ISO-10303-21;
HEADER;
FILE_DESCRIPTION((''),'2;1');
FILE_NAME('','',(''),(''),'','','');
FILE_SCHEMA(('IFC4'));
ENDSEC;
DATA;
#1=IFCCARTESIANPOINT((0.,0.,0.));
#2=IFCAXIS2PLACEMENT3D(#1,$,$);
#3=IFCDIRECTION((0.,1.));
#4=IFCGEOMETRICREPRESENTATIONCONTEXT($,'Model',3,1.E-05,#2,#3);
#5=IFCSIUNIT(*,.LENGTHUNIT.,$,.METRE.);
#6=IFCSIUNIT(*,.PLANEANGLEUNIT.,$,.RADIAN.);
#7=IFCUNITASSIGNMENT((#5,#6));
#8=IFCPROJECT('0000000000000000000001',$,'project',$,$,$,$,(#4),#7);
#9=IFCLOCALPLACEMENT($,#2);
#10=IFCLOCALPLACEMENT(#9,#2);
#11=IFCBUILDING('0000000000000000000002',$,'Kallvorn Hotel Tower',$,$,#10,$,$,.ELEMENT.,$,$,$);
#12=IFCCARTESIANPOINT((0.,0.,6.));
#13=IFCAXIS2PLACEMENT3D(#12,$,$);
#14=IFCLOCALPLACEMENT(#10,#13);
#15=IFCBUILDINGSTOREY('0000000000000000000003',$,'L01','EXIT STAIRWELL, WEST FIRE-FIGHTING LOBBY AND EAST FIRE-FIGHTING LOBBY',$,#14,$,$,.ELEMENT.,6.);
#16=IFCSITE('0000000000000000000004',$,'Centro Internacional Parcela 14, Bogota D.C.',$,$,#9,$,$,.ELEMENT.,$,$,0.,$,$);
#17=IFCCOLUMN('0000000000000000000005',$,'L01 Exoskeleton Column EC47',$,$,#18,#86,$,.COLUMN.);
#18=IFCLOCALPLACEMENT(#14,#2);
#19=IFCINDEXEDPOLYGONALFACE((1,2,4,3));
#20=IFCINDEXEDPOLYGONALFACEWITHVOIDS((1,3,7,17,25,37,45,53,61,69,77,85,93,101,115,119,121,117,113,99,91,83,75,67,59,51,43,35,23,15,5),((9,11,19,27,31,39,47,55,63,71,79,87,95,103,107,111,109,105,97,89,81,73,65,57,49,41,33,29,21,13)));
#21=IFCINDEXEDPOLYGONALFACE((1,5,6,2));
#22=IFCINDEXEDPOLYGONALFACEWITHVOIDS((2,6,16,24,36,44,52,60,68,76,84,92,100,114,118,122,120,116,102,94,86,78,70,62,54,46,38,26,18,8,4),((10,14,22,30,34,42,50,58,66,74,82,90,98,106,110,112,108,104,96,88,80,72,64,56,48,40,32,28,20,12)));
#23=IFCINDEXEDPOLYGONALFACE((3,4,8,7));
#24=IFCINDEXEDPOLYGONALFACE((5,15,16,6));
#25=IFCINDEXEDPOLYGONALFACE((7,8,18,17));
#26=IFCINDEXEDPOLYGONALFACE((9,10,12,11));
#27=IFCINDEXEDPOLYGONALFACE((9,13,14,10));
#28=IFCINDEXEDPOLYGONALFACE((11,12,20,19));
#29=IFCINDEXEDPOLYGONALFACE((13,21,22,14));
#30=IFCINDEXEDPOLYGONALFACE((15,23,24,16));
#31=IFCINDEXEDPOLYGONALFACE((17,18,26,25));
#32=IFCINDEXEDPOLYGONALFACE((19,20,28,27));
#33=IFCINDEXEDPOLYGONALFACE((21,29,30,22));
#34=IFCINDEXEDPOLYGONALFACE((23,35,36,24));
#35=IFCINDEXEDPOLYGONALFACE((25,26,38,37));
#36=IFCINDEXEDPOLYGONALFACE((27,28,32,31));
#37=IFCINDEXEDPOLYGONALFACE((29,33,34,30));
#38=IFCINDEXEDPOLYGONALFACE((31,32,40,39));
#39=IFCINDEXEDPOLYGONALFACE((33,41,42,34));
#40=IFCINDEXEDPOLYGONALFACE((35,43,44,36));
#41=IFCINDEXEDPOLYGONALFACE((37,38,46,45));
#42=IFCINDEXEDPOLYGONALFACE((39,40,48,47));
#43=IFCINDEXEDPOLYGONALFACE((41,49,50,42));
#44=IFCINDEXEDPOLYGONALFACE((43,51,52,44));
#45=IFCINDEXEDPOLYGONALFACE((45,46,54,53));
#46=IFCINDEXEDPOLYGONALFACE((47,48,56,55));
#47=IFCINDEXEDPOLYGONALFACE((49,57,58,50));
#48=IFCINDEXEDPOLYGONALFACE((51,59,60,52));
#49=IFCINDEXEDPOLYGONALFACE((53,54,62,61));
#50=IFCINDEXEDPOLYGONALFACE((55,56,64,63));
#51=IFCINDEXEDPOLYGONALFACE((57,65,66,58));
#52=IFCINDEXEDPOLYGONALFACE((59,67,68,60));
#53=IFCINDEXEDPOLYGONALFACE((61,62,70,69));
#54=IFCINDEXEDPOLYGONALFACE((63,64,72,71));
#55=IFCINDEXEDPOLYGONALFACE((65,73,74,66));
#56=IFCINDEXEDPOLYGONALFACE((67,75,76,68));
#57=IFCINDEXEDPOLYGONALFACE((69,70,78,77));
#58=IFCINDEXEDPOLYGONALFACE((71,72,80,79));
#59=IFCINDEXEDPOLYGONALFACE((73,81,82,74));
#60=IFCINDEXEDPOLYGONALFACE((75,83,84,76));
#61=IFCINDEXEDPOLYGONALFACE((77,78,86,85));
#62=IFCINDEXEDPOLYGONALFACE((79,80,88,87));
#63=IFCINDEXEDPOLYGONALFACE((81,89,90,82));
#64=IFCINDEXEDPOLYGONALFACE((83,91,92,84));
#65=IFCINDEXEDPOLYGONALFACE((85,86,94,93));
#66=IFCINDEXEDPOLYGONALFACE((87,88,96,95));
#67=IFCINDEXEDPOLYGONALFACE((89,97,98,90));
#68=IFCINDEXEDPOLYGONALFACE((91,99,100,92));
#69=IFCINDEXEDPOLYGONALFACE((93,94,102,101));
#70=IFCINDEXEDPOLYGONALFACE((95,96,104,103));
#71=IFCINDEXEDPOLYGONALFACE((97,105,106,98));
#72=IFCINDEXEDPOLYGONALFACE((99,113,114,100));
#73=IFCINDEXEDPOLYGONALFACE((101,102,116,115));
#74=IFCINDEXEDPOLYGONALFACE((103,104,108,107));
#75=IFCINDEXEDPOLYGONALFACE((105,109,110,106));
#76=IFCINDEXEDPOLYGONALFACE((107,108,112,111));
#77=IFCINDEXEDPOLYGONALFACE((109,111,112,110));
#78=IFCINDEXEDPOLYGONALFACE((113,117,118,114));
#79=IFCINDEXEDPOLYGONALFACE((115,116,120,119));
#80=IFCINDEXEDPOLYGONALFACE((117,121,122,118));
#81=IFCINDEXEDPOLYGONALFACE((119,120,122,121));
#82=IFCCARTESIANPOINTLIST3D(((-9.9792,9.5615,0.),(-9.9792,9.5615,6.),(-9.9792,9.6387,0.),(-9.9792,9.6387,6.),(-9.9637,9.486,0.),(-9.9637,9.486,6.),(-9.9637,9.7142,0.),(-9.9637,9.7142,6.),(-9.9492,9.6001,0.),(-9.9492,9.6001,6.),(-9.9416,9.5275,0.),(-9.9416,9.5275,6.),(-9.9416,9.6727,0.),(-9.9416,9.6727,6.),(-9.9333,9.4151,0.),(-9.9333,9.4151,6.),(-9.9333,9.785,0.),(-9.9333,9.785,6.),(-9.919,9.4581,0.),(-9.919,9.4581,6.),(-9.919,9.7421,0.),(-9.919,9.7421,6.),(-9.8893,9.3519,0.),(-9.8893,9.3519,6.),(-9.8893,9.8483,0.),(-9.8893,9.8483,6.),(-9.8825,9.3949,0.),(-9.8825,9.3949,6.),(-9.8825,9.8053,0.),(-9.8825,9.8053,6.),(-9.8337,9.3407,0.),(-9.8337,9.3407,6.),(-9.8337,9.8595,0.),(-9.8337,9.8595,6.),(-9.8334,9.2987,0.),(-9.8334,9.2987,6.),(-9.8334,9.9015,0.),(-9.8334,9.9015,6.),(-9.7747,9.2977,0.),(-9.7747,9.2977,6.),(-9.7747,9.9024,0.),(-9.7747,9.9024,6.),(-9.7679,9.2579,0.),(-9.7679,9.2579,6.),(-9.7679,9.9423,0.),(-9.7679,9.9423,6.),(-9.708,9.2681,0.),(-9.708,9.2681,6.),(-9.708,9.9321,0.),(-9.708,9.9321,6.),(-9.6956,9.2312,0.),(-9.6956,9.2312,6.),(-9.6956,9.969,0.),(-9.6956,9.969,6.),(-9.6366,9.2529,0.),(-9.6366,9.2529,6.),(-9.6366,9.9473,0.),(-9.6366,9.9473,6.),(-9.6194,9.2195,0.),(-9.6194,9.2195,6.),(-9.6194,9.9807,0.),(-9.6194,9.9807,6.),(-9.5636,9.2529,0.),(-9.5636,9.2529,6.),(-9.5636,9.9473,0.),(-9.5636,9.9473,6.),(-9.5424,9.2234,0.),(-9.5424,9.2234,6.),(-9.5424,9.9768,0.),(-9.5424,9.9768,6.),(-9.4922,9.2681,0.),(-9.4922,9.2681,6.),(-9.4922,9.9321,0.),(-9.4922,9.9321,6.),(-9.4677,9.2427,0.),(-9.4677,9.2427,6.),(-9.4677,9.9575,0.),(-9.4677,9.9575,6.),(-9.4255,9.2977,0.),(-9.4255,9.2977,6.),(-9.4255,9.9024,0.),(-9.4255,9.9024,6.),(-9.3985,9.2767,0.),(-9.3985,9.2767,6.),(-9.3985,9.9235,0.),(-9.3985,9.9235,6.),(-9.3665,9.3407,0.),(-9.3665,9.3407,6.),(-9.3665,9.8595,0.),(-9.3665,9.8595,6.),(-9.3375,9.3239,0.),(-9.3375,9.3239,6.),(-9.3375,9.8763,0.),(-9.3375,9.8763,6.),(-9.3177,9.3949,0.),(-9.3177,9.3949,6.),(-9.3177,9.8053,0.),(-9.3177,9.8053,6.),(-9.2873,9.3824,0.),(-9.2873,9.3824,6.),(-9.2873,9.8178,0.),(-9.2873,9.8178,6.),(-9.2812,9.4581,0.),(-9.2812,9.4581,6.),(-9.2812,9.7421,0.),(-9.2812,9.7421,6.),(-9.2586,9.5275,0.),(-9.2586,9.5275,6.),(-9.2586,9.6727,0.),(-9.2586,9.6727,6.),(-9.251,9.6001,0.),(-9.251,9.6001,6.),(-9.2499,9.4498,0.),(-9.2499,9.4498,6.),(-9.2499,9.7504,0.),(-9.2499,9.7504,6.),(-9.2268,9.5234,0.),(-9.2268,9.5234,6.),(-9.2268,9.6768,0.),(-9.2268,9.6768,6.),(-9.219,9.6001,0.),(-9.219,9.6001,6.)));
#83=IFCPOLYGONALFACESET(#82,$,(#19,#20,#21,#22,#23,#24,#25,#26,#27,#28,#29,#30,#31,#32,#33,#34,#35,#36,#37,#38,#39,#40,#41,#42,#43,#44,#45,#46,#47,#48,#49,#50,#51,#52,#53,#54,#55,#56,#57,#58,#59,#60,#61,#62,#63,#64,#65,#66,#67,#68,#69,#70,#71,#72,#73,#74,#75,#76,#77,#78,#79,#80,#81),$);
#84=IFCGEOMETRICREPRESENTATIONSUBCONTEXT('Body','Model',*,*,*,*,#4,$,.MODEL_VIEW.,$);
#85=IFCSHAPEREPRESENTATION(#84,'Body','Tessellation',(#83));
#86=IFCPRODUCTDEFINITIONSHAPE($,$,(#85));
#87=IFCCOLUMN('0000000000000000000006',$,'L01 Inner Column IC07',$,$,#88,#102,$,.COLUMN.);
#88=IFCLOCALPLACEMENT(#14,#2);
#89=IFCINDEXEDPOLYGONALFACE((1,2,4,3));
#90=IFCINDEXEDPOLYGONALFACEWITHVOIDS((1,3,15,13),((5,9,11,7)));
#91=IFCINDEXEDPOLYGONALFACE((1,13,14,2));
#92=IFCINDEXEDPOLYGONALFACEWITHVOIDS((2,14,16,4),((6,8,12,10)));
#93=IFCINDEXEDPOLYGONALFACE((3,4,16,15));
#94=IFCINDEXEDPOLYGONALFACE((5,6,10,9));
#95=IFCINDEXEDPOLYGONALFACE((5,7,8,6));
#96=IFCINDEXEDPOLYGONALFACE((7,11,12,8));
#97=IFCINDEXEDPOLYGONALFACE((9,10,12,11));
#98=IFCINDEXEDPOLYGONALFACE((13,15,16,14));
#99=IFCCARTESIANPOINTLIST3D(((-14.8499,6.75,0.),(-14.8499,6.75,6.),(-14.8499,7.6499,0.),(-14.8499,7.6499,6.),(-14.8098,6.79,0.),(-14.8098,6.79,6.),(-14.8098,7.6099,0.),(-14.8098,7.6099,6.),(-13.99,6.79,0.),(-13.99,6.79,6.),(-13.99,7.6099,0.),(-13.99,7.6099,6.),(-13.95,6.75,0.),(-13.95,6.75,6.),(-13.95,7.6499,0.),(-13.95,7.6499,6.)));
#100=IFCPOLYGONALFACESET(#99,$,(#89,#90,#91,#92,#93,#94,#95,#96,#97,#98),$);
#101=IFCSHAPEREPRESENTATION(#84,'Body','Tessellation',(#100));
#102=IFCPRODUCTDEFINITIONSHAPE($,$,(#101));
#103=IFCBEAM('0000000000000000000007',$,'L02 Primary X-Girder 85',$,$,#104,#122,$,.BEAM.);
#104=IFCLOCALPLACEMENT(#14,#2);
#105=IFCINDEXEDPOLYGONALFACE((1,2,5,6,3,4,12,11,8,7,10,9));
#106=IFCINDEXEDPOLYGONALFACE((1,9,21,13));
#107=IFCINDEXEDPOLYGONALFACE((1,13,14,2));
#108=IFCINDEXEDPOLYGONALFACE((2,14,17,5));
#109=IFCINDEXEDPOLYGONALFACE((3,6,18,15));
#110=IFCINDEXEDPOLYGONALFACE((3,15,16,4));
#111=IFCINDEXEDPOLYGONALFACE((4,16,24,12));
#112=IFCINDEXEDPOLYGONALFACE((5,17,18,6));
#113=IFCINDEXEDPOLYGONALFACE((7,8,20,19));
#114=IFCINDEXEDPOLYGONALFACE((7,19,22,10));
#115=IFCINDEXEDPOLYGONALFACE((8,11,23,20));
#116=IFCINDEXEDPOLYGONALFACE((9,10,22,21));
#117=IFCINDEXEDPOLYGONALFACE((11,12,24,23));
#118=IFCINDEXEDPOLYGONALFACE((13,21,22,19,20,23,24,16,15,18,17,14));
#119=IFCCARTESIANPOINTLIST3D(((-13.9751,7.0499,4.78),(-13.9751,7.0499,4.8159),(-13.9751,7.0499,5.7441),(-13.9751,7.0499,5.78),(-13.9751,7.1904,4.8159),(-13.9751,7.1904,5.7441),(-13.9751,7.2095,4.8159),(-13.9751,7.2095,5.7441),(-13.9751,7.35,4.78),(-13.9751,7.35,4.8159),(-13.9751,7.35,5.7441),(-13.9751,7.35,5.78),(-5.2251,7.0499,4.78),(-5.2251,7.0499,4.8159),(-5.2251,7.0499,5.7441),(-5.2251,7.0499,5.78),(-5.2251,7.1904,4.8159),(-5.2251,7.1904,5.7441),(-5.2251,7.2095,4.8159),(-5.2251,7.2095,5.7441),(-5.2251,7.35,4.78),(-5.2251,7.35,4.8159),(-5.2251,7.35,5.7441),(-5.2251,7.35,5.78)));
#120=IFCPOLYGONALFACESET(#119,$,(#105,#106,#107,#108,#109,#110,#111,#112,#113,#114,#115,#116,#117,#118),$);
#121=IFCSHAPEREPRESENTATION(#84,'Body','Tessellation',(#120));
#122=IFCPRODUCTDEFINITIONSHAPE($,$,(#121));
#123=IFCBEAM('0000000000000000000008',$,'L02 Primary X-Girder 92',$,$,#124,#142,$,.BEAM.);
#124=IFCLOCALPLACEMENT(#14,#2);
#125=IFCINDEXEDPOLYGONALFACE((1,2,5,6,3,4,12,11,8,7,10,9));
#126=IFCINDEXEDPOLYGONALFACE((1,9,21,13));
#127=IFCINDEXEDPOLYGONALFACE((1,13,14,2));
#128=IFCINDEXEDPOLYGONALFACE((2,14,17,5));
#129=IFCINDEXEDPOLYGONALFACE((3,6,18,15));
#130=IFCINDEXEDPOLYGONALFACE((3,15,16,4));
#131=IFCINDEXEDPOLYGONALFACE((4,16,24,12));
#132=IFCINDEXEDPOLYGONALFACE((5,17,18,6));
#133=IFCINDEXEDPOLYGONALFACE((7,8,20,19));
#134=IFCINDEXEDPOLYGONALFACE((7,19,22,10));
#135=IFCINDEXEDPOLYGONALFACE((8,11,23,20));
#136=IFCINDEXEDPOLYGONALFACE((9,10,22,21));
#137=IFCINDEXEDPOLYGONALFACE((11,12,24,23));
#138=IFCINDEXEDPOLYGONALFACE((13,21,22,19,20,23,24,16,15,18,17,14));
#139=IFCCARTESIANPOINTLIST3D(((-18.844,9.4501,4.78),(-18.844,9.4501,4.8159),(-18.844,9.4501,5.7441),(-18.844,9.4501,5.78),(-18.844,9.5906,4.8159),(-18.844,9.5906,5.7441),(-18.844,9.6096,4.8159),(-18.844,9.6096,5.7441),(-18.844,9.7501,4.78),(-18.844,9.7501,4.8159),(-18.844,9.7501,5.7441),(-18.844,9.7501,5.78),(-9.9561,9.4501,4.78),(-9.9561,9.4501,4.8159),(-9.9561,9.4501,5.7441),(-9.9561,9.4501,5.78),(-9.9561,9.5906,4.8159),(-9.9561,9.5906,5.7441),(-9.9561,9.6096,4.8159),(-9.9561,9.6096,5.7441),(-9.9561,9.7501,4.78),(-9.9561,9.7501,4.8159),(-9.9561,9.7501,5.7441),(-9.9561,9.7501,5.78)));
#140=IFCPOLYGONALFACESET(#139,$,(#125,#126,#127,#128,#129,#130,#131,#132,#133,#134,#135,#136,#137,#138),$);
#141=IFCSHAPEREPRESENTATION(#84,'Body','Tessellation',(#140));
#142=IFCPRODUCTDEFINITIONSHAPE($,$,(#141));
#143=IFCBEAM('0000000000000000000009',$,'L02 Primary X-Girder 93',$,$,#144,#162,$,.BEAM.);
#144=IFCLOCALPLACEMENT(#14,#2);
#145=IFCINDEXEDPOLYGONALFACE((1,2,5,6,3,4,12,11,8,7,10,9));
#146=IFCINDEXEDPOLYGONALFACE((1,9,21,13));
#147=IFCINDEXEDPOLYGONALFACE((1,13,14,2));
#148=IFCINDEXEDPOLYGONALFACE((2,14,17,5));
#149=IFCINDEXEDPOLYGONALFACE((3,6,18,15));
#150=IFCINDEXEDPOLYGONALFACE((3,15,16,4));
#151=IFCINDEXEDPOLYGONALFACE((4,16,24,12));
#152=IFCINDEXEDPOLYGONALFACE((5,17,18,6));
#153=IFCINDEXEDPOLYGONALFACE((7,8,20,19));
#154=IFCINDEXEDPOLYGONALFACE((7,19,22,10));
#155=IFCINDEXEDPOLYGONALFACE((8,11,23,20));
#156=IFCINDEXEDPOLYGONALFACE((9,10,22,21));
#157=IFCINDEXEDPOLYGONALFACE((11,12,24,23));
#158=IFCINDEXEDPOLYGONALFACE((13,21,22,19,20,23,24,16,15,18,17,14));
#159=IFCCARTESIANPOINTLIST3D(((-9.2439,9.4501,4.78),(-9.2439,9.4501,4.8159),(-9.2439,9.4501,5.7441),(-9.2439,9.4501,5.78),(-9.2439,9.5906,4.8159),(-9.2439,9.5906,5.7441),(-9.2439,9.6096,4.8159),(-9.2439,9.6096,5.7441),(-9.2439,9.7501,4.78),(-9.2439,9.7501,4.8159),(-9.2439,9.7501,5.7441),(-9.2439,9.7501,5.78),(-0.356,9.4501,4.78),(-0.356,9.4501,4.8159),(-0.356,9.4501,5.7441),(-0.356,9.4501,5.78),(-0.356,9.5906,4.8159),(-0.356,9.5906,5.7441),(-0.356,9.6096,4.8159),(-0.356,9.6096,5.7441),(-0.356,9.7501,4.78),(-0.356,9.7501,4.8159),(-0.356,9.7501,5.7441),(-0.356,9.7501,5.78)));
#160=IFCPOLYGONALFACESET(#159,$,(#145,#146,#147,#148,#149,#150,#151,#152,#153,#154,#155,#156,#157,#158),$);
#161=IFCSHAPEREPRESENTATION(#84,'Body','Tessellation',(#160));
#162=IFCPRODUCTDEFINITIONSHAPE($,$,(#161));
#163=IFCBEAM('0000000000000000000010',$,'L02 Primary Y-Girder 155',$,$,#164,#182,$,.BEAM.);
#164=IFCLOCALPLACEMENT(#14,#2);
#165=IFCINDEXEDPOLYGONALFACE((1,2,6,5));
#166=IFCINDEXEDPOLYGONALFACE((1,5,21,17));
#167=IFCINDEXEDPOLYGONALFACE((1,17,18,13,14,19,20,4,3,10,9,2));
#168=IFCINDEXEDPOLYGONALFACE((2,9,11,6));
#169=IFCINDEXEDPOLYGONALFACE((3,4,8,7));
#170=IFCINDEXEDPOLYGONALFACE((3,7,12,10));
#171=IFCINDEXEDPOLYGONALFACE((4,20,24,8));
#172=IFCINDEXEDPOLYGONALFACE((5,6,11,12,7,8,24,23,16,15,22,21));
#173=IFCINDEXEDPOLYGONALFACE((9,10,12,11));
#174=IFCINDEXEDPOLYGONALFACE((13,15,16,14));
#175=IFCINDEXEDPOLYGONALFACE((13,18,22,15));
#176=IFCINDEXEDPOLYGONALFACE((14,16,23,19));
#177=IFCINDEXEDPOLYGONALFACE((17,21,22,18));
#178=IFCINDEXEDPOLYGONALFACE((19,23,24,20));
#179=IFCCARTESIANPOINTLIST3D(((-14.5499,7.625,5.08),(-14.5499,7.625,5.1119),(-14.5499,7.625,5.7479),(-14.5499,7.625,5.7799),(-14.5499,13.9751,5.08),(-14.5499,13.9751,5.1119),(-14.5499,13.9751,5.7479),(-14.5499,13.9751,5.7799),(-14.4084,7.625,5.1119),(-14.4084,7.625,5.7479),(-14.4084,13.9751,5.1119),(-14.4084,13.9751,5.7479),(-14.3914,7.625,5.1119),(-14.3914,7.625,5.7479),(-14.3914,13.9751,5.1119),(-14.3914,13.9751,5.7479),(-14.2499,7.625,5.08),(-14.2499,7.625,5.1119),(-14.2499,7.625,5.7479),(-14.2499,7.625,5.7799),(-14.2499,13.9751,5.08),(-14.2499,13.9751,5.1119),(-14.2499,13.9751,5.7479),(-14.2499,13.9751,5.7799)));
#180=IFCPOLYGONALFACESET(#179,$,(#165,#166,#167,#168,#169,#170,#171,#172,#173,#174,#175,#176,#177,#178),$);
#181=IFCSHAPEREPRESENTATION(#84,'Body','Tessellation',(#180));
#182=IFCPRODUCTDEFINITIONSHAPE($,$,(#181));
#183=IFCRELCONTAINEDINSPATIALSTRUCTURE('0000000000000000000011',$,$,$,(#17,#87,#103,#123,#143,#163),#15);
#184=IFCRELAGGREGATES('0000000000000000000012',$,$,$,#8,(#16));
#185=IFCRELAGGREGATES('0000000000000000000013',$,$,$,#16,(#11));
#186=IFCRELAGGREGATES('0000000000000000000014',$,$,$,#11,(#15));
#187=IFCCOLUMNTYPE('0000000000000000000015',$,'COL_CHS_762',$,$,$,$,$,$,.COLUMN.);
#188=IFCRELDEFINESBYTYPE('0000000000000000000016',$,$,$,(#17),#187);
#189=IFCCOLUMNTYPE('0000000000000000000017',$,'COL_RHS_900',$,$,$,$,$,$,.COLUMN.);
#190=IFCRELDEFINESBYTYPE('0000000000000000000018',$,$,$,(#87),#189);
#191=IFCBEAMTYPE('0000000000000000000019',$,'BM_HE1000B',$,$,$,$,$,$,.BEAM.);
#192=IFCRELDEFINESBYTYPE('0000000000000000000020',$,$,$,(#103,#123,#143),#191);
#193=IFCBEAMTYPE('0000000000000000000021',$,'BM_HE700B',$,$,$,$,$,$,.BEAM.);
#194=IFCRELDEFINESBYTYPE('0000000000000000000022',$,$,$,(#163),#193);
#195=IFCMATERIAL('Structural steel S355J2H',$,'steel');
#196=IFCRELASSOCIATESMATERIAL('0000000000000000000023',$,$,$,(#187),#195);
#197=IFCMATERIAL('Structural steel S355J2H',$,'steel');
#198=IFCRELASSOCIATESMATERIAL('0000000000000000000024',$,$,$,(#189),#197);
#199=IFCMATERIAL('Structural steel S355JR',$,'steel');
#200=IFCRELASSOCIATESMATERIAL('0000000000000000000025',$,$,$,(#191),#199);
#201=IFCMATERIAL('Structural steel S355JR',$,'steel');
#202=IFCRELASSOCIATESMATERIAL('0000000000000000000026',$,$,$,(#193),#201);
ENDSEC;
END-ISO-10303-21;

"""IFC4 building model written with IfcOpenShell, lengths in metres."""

from ifc_helpers import new_model, si_unit, direction, frame, origin, origin_2d, place, context, subcontext, project, spatial, hollow_rectangle, hollow_circle, i_section, extrude, material, material_profile, profile_set, type_object, element, save


model = new_model("IFC4")

# Units and contexts
model_context = context("Model", 3, precision=1e-05, world=origin(), true_north=direction((0.0, 1.0)))
body_context = subcontext(model_context, "Body", "Model", "MODEL_VIEW")
ifc_project = project(units=[si_unit("LENGTHUNIT", "METRE"), si_unit("PLANEANGLEUNIT", "RADIAN")], contexts=[model_context])

# Site, building, storey
site_placement = place(None, origin())
site = spatial("IfcSite", under=ifc_project, at=site_placement, Name="Centro Internacional Parcela 14, Bogota D.C.", CompositionType="ELEMENT", RefElevation=0.0)
building_placement = place(site_placement, origin())
building = spatial("IfcBuilding", under=site, at=building_placement, Name="Kallvorn Hotel Tower", CompositionType="ELEMENT")
storey_placement = place(building_placement, frame((0.0, 0.0, 6.0)))
storey = spatial("IfcBuildingStorey", under=building, at=storey_placement, Name="L01", Description="EXIT STAIRWELL, WEST FIRE-FIGHTING LOBBY AND EAST FIRE-FIGHTING LOBBY", CompositionType="ELEMENT", Elevation=6.0)

# Columns
ifc_material_1 = material(Name="Structural steel S355J2H", Category="steel")
ifc_material_profile_1 = material_profile(ifc_material_1, hollow_circle(Radius=0.3811, WallThickness=0.032, at=origin_2d()), Name="CHS 762x32")
ifc_profile_set_1 = profile_set([ifc_material_profile_1], Name="Structural steel S355J2H")
column_type_1 = type_object("IfcColumnType", Name="COL_CHS_762", PredefinedType="COLUMN", material=ifc_profile_set_1)
column_1_placement = place(storey_placement, frame((-9.6001, 9.6001, 0.0), z_axis=(0.0, 0.0, 1.0), x_axis=(1.0, 0.0, 0.0)))
element("IfcColumn", 1, at=column_1_placement, inside=storey, type_object=column_type_1, Name="L01 Exoskeleton Column EC47", PredefinedType="COLUMN", context=body_context, shape_type="SweptSolid", body=[
    extrude(hollow_circle(Radius=0.3811, WallThickness=0.032, at=origin_2d()), origin(), (0.0, 0.0, 1.0), 6.0),
])
ifc_material_2 = material(Name="Structural steel S355J2H", Category="steel")
ifc_material_profile_2 = material_profile(ifc_material_2, hollow_rectangle(XDim=0.8999, YDim=0.8999, WallThickness=0.04, at=origin_2d()), Name="RHS 900x900x40")
ifc_profile_set_2 = profile_set([ifc_material_profile_2], Name="Structural steel S355J2H")
column_type_2 = type_object("IfcColumnType", Name="COL_RHS_900", PredefinedType="COLUMN", material=ifc_profile_set_2)
column_2_placement = place(storey_placement, frame((-14.3999, 7.2, 0.0), z_axis=(0.0, 0.0, 1.0), x_axis=(1.0, 0.0, 0.0)))
element("IfcColumn", 2, at=column_2_placement, inside=storey, type_object=column_type_2, Name="L01 Inner Column IC07", PredefinedType="COLUMN", context=body_context, shape_type="SweptSolid", body=[
    extrude(hollow_rectangle(XDim=0.8999, YDim=0.8999, WallThickness=0.04, at=origin_2d()), origin(), (0.0, 0.0, 1.0), 6.0),
])

# Beams
ifc_material_3 = material(Name="Structural steel S355JR", Category="steel")
ifc_material_profile_3 = material_profile(ifc_material_3, i_section(OverallWidth=0.3, OverallDepth=1.0, WebThickness=0.019, FlangeThickness=0.0359, at=origin_2d()), Name="HE 1000 B")
ifc_profile_set_3 = profile_set([ifc_material_profile_3], Name="Structural steel S355JR")
beam_type_1 = type_object("IfcBeamType", Name="BM_HE1000B", PredefinedType="BEAM", material=ifc_profile_set_3)
beam_1_placement = place(storey_placement, frame((-13.9751, 7.2, 5.28), z_axis=(1.0, 0.0, 0.0), x_axis=(0.0, 1.0, 0.0)))
element("IfcBeam", 3, at=beam_1_placement, inside=storey, type_object=beam_type_1, Name="L02 Primary X-Girder 85", PredefinedType="BEAM", context=body_context, shape_type="SweptSolid", body=[
    extrude(i_section(OverallWidth=0.3, OverallDepth=1.0, WebThickness=0.019, FlangeThickness=0.0359, at=origin_2d()), origin(), (0.0, 0.0, 1.0), 8.75),
])
for number, where, z_axis, x_axis, name in (
    (4, (-18.844, 9.6001, 5.28), (1.0, 0.0, 0.0), (0.0, 1.0, 0.0), "L02 Primary X-Girder 92"),
    (5, (-9.2439, 9.6001, 5.28), (1.0, 0.0, 0.0), (0.0, 1.0, 0.0), "L02 Primary X-Girder 93"),
):
    element("IfcBeam", number, at=place(storey_placement, frame(where, z_axis=z_axis, x_axis=x_axis)), inside=storey, type_object=beam_type_1, Name=name, PredefinedType="BEAM", context=body_context, shape_type="SweptSolid", body=[
        extrude(i_section(OverallWidth=0.3, OverallDepth=1.0, WebThickness=0.019, FlangeThickness=0.0359, at=origin_2d()), origin(), (0.0, 0.0, 1.0), 8.8879),
    ])
ifc_material_4 = material(Name="Structural steel S355JR", Category="steel")
ifc_material_profile_4 = material_profile(ifc_material_4, i_section(OverallWidth=0.3, OverallDepth=0.7, WebThickness=0.0171, FlangeThickness=0.032, at=origin_2d()), Name="HE 700 B")
ifc_profile_set_4 = profile_set([ifc_material_profile_4], Name="Structural steel S355JR")
beam_type_2 = type_object("IfcBeamType", Name="BM_HE700B", PredefinedType="BEAM", material=ifc_profile_set_4)
beam_2_placement = place(storey_placement, frame((-14.3999, 7.625, 5.4299), z_axis=(0.0, 1.0, 0.0), x_axis=(-1.0, 0.0, 0.0)))
element("IfcBeam", 6, at=beam_2_placement, inside=storey, type_object=beam_type_2, Name="L02 Primary Y-Girder 155", PredefinedType="BEAM", context=body_context, shape_type="SweptSolid", body=[
    extrude(i_section(OverallWidth=0.3, OverallDepth=0.7, WebThickness=0.0171, FlangeThickness=0.032, at=origin_2d()), origin(), (0.0, 0.0, 1.0), 6.3501),
])

save(model, "model.ifc")
